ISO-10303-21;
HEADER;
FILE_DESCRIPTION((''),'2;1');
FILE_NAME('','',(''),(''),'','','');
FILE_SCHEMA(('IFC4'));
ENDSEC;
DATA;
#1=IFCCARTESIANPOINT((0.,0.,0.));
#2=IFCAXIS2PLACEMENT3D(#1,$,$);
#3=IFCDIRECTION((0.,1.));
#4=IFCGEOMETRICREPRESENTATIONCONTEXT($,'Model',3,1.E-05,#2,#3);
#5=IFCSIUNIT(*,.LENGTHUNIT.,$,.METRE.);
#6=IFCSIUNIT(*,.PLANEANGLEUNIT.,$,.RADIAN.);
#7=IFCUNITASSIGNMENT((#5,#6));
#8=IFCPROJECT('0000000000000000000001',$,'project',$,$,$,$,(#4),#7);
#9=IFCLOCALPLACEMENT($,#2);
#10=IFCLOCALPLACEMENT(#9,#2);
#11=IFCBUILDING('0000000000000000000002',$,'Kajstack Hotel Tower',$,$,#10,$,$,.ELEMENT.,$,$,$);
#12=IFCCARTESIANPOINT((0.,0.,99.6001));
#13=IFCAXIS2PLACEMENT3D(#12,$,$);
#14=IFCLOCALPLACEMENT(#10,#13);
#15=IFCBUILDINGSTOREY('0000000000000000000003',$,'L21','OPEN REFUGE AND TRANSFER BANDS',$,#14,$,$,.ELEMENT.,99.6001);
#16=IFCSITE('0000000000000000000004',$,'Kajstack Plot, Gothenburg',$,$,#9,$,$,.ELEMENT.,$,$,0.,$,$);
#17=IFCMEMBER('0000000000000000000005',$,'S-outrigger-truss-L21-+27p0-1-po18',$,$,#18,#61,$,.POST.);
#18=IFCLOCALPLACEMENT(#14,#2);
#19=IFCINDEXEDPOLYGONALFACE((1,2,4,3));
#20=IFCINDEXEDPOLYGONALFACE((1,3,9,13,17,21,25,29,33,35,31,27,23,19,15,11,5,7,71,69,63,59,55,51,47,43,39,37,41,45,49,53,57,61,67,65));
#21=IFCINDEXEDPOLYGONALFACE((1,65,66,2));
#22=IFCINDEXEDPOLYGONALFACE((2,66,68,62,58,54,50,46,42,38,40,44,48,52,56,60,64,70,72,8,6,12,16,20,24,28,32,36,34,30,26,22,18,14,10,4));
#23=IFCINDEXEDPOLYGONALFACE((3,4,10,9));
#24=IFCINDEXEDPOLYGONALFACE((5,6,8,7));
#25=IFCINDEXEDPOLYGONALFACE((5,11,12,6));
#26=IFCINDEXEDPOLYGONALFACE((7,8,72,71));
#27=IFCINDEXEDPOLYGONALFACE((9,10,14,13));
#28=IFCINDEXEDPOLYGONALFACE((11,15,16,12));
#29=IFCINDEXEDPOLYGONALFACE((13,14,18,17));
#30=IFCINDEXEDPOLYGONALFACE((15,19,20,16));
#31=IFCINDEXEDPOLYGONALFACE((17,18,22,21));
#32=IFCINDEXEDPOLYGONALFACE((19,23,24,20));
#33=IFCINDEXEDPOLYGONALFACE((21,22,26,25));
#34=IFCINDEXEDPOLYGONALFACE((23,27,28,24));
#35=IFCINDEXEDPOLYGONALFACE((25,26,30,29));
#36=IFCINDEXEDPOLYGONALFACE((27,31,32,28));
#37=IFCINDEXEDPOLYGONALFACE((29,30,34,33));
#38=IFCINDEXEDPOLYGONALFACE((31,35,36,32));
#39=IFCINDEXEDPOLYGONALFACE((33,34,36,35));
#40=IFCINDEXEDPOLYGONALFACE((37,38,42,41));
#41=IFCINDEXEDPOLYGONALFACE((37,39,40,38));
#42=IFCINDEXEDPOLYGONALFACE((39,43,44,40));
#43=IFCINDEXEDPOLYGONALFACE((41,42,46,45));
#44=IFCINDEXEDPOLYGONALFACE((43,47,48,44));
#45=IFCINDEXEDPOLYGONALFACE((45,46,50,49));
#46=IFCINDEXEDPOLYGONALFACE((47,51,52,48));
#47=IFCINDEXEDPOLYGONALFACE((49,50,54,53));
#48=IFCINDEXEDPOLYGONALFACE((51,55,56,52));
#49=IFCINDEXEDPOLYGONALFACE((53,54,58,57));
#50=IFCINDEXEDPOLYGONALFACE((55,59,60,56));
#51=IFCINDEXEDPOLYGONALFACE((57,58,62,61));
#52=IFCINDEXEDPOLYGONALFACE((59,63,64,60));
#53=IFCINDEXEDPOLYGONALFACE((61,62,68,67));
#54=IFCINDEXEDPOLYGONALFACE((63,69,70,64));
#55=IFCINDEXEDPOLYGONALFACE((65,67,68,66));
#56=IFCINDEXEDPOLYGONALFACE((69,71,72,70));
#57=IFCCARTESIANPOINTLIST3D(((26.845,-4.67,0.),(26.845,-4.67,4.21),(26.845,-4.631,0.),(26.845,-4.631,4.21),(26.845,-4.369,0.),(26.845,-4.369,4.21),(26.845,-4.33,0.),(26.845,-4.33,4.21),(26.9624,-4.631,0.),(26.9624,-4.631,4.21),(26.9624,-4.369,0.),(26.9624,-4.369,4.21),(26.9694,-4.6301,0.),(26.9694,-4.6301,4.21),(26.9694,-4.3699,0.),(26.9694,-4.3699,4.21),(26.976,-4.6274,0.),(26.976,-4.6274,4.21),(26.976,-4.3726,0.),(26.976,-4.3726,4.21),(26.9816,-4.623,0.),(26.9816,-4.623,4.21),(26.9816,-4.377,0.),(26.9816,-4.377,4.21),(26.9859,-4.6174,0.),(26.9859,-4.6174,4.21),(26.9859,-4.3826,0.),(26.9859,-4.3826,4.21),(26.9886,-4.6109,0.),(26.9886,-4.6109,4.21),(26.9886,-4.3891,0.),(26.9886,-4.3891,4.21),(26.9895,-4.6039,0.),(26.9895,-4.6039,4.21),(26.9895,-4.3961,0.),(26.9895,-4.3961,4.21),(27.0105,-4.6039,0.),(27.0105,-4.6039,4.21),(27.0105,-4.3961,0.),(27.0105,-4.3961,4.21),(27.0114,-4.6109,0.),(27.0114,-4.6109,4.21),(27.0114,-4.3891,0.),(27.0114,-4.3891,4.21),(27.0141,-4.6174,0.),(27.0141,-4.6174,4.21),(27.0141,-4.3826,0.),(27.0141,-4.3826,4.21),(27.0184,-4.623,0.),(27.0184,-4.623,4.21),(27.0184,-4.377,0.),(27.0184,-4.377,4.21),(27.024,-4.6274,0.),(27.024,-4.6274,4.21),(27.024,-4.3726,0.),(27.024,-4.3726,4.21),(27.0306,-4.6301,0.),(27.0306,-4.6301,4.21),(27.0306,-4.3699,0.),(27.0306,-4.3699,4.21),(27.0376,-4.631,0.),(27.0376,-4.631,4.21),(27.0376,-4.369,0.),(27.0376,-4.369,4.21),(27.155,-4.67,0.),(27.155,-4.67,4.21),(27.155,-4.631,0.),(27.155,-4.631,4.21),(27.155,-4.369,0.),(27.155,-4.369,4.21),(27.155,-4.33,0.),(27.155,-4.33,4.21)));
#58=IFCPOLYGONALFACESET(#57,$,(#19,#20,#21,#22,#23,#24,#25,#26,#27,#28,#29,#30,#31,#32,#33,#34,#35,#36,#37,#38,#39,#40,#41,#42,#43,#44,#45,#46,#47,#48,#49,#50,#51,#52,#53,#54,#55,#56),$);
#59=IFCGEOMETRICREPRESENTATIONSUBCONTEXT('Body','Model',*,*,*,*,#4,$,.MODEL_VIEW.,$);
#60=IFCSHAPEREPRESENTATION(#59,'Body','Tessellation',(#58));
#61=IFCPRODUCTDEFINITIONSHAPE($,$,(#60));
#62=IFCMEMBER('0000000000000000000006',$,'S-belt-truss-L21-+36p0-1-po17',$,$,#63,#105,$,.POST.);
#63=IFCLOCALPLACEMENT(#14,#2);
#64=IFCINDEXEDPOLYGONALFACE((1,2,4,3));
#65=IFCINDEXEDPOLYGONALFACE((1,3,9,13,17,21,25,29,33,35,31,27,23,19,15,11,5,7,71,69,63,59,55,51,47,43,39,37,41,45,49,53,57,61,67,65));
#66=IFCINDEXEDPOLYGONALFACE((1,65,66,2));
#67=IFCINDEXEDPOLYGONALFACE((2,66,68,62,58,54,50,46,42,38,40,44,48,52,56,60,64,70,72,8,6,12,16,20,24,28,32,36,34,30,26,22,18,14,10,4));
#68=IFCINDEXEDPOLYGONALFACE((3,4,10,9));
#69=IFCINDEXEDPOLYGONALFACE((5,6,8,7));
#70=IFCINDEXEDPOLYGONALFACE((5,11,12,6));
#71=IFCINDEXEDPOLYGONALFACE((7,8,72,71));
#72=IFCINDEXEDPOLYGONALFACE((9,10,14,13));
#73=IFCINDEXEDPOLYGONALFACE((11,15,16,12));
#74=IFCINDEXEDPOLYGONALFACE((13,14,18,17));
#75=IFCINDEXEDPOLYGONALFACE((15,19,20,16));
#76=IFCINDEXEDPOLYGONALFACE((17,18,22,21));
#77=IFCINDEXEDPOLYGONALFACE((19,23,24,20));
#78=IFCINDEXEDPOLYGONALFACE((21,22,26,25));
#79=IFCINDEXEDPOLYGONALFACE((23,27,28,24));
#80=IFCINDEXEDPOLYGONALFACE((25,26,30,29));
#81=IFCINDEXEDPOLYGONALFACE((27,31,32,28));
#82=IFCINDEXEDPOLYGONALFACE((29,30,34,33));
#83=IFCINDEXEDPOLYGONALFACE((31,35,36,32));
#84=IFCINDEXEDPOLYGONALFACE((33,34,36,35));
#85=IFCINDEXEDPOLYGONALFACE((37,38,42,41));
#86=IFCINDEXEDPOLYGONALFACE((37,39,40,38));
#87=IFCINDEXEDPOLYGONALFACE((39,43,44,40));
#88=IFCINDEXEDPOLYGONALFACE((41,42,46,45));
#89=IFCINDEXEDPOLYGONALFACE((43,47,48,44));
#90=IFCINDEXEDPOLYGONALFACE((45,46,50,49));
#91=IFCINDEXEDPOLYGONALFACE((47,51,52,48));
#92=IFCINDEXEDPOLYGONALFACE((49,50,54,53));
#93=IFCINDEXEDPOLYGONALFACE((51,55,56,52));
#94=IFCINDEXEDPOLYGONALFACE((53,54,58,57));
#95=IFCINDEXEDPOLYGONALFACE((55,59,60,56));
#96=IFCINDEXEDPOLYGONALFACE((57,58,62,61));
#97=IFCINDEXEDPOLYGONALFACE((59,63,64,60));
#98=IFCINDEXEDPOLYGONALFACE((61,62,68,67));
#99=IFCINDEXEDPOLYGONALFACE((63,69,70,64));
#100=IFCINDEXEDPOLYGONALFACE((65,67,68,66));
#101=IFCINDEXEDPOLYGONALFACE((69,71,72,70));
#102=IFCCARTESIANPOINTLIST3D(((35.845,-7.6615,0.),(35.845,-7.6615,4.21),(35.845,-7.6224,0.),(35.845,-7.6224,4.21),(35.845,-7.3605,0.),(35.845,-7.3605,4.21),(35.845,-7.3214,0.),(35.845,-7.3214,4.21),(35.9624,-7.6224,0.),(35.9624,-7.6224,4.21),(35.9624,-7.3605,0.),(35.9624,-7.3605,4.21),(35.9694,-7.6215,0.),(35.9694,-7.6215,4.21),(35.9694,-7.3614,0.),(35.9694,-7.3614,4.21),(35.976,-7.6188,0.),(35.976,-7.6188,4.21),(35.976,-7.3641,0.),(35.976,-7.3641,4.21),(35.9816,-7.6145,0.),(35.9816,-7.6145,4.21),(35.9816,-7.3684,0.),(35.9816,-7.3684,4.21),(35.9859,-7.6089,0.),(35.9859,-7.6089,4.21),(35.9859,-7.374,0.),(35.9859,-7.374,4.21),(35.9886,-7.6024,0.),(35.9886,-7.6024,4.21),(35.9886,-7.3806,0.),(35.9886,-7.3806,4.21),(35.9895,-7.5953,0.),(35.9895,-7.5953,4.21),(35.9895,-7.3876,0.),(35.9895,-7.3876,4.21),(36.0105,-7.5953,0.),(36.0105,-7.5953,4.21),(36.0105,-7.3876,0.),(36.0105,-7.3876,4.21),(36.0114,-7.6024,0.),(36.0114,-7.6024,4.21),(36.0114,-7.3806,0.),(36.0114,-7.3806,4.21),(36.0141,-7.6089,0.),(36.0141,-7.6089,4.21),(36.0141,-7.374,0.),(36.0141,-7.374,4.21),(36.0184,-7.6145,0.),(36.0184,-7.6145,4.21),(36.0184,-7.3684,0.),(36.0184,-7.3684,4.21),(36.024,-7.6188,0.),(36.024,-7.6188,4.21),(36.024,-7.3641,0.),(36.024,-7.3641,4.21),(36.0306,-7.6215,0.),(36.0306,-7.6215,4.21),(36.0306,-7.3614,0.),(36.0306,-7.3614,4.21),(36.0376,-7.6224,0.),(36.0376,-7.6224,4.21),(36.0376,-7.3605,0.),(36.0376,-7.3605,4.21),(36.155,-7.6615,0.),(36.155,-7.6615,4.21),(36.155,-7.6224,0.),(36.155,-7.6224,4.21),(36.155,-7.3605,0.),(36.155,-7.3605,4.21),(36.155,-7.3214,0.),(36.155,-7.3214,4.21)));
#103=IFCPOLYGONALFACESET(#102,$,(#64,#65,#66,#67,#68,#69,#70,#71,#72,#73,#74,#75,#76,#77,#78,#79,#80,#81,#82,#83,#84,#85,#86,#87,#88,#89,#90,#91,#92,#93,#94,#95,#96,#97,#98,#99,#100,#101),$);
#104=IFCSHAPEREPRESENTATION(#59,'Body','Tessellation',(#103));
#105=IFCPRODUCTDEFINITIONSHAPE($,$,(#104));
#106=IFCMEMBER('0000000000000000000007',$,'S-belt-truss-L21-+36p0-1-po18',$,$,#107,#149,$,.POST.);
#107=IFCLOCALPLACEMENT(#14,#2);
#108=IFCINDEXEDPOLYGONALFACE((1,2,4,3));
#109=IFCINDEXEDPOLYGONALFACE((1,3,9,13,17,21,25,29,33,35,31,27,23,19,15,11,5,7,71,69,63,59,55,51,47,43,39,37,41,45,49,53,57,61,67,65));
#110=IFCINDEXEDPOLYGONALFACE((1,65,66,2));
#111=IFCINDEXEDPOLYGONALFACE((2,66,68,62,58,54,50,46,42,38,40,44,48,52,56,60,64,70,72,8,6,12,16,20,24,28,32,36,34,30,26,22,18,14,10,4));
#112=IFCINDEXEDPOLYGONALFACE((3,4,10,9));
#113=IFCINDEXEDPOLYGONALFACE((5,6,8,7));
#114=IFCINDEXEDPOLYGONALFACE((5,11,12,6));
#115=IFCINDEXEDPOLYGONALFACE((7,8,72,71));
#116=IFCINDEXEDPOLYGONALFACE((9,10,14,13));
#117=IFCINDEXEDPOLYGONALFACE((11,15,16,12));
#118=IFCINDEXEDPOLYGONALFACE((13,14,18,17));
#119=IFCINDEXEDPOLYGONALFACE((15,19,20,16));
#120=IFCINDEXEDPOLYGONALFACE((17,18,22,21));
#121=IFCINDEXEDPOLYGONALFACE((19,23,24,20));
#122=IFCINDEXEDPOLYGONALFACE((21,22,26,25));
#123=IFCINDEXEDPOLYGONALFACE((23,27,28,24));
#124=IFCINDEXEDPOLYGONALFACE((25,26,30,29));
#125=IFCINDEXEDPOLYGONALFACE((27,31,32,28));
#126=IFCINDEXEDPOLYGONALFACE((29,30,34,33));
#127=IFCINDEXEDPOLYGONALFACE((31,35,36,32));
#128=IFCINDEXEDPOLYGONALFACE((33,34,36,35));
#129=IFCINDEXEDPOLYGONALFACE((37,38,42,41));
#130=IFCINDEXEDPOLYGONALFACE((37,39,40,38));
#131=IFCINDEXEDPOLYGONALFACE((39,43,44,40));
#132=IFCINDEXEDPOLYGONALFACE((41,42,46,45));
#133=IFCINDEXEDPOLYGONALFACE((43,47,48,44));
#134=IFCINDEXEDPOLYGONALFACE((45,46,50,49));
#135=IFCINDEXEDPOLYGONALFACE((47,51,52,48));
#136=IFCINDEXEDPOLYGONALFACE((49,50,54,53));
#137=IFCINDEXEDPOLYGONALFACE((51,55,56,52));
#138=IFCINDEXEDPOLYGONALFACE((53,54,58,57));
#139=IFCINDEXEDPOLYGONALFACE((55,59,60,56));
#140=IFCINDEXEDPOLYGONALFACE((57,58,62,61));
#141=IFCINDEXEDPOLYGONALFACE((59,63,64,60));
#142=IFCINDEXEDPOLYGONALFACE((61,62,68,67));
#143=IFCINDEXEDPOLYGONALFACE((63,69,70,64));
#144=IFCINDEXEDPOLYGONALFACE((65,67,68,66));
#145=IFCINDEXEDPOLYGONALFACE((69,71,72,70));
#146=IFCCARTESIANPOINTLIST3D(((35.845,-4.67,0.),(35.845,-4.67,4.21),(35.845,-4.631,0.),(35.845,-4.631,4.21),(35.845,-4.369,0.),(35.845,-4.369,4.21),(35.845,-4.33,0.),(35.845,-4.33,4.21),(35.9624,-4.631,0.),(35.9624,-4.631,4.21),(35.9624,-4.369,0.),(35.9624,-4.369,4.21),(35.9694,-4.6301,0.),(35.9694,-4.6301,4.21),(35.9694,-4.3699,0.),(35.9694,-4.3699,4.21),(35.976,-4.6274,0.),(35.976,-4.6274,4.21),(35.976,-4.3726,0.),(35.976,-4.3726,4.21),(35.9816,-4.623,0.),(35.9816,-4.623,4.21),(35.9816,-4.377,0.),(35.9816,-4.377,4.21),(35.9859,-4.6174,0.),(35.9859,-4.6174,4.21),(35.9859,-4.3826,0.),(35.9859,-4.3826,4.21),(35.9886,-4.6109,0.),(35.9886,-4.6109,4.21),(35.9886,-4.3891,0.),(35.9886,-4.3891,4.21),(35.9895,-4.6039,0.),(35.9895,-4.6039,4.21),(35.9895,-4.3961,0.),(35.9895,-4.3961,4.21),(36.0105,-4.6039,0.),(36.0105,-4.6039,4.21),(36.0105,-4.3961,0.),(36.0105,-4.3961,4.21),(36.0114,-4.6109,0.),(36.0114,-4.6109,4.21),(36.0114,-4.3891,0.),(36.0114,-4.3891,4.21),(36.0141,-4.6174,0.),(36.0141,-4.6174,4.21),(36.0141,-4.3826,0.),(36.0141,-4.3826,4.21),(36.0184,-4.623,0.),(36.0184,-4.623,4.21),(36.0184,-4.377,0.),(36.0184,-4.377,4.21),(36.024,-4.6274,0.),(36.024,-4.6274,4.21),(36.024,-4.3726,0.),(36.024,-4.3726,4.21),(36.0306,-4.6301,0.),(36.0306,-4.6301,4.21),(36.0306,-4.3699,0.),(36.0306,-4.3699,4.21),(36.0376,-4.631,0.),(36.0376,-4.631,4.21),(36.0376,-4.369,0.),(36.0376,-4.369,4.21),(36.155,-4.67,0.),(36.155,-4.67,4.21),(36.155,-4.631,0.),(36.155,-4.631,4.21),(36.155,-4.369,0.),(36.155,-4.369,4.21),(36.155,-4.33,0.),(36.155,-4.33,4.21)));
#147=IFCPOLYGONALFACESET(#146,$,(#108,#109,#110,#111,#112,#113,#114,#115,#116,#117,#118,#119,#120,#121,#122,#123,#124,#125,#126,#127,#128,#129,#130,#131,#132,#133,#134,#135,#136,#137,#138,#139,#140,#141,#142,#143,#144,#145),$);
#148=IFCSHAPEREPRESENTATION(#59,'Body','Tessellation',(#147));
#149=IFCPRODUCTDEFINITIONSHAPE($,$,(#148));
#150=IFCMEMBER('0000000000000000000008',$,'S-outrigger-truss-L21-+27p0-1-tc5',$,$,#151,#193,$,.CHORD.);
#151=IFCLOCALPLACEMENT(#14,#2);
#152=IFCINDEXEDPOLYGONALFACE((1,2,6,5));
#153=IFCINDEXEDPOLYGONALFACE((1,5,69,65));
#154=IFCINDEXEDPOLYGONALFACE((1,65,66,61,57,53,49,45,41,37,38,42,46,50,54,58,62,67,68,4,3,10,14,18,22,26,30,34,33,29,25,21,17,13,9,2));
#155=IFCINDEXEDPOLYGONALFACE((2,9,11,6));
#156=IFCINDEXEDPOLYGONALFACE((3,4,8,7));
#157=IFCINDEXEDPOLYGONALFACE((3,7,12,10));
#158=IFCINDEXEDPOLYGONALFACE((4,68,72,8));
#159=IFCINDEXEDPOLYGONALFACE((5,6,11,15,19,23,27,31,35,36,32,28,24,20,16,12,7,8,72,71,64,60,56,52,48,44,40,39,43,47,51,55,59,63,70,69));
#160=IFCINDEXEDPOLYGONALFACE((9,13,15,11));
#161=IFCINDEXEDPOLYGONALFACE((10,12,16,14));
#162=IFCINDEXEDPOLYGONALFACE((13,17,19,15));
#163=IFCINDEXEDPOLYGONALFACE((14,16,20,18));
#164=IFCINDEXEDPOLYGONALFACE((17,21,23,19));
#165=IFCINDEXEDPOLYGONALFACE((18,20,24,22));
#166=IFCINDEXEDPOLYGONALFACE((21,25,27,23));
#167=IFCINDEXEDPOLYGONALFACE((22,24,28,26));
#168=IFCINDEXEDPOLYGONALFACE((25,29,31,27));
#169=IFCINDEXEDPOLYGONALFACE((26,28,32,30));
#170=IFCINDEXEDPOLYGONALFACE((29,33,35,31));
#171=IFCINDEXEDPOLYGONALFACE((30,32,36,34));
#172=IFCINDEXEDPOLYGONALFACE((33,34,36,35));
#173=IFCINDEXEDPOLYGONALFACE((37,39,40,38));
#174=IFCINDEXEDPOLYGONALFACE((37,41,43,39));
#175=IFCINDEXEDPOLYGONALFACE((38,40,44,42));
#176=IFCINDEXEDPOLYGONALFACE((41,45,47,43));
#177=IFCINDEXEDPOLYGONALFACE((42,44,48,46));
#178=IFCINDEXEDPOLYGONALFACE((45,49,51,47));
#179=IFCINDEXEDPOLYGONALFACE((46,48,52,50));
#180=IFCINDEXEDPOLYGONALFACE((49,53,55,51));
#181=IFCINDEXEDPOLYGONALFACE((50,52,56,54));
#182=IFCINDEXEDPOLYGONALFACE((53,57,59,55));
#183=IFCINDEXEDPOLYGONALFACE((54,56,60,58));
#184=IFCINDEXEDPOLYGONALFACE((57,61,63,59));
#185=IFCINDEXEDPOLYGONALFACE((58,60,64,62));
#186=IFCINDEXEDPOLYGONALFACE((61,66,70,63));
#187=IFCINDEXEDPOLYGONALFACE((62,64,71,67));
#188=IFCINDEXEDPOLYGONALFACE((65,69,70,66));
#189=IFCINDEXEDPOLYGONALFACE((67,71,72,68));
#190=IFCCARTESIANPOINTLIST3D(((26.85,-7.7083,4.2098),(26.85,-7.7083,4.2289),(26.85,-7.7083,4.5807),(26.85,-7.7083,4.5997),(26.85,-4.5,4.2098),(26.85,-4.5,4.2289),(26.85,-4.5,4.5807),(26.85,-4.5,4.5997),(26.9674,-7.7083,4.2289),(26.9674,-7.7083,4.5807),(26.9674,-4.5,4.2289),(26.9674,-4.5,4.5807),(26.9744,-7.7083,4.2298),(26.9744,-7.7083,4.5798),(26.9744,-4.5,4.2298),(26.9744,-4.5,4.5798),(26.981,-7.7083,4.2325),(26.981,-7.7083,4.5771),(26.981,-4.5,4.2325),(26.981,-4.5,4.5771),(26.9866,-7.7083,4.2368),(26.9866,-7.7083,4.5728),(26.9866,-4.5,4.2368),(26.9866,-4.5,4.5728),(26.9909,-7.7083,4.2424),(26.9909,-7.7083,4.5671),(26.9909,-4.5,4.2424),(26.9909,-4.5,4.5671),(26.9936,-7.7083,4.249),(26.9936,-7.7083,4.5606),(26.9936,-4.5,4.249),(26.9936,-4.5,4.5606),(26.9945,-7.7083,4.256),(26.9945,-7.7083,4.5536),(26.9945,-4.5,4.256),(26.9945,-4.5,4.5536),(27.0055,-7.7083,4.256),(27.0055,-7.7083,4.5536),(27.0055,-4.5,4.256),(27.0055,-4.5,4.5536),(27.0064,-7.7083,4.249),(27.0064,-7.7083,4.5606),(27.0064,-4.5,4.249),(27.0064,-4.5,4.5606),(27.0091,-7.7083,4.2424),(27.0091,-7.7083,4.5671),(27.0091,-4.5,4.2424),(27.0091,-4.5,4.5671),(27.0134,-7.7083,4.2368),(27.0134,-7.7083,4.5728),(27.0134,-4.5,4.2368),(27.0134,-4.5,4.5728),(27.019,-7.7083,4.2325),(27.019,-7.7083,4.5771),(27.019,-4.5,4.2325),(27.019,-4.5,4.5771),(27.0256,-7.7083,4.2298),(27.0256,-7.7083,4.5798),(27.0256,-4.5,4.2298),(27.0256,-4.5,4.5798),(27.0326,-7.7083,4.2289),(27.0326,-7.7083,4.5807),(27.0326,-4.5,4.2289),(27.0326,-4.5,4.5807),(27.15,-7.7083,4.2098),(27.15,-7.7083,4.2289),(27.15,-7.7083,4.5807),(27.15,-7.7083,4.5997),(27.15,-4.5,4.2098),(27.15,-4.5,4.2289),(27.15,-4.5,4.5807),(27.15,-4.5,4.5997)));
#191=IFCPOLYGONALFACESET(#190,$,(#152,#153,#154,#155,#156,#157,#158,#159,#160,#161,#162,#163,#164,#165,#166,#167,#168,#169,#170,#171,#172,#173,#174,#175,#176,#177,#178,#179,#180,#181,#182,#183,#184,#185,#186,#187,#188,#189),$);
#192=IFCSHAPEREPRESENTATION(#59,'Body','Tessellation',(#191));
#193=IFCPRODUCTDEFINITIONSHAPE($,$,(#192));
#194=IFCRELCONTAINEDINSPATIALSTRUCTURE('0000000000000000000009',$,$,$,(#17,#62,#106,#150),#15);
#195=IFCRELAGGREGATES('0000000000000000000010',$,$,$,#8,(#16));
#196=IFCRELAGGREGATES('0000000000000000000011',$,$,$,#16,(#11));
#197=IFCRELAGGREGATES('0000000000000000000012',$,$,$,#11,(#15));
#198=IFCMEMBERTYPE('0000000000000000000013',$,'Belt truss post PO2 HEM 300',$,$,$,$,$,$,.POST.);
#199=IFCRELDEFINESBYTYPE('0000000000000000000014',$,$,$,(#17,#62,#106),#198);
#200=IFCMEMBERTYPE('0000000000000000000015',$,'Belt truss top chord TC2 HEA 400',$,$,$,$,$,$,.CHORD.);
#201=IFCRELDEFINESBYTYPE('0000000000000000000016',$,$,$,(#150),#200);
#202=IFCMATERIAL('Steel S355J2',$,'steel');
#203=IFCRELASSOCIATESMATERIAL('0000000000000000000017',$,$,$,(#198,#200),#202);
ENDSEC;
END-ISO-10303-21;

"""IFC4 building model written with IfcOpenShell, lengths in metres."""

from ifc_helpers import new_model, si_unit, direction, frame, origin, origin_2d, place, context, subcontext, project, spatial, i_section, extrude, material, material_profile, profile_set, type_object, element, save


model = new_model("IFC4")

# Units and contexts
model_context = context("Model", 3, precision=1e-05, world=origin(), true_north=direction((0.0, 1.0)))
body_context = subcontext(model_context, "Body", "Model", "MODEL_VIEW")
ifc_project = project(units=[si_unit("LENGTHUNIT", "METRE"), si_unit("PLANEANGLEUNIT", "RADIAN")], contexts=[model_context])

# Site, building, storey
site_placement = place(None, origin())
site = spatial("IfcSite", under=ifc_project, at=site_placement, Name="Kajstack Plot, Gothenburg", CompositionType="ELEMENT", RefElevation=0.0)
building_placement = place(site_placement, origin())
building = spatial("IfcBuilding", under=site, at=building_placement, Name="Kajstack Hotel Tower", CompositionType="ELEMENT")
storey_placement = place(building_placement, frame((0.0, 0.0, 99.6001)))
storey = spatial("IfcBuildingStorey", under=building, at=storey_placement, Name="L21", Description="OPEN REFUGE AND TRANSFER BANDS", CompositionType="ELEMENT", Elevation=99.6001)

# Members
ifc_material = material(Name="Steel S355J2", Category="steel")
ifc_material_profile_1 = material_profile(ifc_material, i_section(OverallWidth=0.3101, OverallDepth=0.3401, WebThickness=0.021, FlangeThickness=0.0391, FilletRadius=0.0271, at=origin_2d()), Name="HEM 300")
ifc_profile_set_1 = profile_set([ifc_material_profile_1], Name="Steel S355J2")
member_type_1 = type_object("IfcMemberType", Name="Belt truss post PO2 HEM 300", PredefinedType="POST", material=ifc_profile_set_1)
for number, where, z_axis, x_axis, name in (
    (1, (27.0, -4.5, 0.0), (0.0, 0.0, 1.0), (1.0, 0.0, 0.0), "S-outrigger-truss-L21-+27p0-1-po18"),
    (2, (36.0, -7.4915, 0.0), (0.0, 0.0, 1.0), (1.0, 0.0, 0.0), "S-belt-truss-L21-+36p0-1-po17"),
    (3, (36.0, -4.5, 0.0), (0.0, 0.0, 1.0), (1.0, 0.0, 0.0), "S-belt-truss-L21-+36p0-1-po18"),
):
    element("IfcMember", number, at=place(storey_placement, frame(where, z_axis=z_axis, x_axis=x_axis)), inside=storey, type_object=member_type_1, Name=name, PredefinedType="POST", context=body_context, shape_type="SweptSolid", body=[
        extrude(i_section(OverallWidth=0.3101, OverallDepth=0.3401, WebThickness=0.021, FlangeThickness=0.0391, FilletRadius=0.0271, at=origin_2d()), origin(), (0.0, 0.0, 1.0), 4.21),
    ])
ifc_material_profile_2 = material_profile(ifc_material, i_section(OverallWidth=0.3, OverallDepth=0.3899, WebThickness=0.011, FlangeThickness=0.019, FilletRadius=0.0271, at=origin_2d()), Name="HEA 400")
ifc_profile_set_2 = profile_set([ifc_material_profile_2], Name="Steel S355J2")
member_type_2 = type_object("IfcMemberType", Name="Belt truss top chord TC2 HEA 400", PredefinedType="CHORD", material=ifc_profile_set_2)
member_1_placement = place(storey_placement, frame((27.0, -7.7083, 4.4048), z_axis=(0.0, 1.0, 0.0), x_axis=(-1.0, 0.0, 0.0)))
element("IfcMember", 4, at=member_1_placement, inside=storey, type_object=member_type_2, Name="S-outrigger-truss-L21-+27p0-1-tc5", PredefinedType="CHORD", context=body_context, shape_type="SweptSolid", body=[
    extrude(i_section(OverallWidth=0.3, OverallDepth=0.3899, WebThickness=0.011, FlangeThickness=0.019, FilletRadius=0.0271, at=origin_2d()), origin(), (0.0, 0.0, 1.0), 3.2083),
])

save(model, "model.ifc")
